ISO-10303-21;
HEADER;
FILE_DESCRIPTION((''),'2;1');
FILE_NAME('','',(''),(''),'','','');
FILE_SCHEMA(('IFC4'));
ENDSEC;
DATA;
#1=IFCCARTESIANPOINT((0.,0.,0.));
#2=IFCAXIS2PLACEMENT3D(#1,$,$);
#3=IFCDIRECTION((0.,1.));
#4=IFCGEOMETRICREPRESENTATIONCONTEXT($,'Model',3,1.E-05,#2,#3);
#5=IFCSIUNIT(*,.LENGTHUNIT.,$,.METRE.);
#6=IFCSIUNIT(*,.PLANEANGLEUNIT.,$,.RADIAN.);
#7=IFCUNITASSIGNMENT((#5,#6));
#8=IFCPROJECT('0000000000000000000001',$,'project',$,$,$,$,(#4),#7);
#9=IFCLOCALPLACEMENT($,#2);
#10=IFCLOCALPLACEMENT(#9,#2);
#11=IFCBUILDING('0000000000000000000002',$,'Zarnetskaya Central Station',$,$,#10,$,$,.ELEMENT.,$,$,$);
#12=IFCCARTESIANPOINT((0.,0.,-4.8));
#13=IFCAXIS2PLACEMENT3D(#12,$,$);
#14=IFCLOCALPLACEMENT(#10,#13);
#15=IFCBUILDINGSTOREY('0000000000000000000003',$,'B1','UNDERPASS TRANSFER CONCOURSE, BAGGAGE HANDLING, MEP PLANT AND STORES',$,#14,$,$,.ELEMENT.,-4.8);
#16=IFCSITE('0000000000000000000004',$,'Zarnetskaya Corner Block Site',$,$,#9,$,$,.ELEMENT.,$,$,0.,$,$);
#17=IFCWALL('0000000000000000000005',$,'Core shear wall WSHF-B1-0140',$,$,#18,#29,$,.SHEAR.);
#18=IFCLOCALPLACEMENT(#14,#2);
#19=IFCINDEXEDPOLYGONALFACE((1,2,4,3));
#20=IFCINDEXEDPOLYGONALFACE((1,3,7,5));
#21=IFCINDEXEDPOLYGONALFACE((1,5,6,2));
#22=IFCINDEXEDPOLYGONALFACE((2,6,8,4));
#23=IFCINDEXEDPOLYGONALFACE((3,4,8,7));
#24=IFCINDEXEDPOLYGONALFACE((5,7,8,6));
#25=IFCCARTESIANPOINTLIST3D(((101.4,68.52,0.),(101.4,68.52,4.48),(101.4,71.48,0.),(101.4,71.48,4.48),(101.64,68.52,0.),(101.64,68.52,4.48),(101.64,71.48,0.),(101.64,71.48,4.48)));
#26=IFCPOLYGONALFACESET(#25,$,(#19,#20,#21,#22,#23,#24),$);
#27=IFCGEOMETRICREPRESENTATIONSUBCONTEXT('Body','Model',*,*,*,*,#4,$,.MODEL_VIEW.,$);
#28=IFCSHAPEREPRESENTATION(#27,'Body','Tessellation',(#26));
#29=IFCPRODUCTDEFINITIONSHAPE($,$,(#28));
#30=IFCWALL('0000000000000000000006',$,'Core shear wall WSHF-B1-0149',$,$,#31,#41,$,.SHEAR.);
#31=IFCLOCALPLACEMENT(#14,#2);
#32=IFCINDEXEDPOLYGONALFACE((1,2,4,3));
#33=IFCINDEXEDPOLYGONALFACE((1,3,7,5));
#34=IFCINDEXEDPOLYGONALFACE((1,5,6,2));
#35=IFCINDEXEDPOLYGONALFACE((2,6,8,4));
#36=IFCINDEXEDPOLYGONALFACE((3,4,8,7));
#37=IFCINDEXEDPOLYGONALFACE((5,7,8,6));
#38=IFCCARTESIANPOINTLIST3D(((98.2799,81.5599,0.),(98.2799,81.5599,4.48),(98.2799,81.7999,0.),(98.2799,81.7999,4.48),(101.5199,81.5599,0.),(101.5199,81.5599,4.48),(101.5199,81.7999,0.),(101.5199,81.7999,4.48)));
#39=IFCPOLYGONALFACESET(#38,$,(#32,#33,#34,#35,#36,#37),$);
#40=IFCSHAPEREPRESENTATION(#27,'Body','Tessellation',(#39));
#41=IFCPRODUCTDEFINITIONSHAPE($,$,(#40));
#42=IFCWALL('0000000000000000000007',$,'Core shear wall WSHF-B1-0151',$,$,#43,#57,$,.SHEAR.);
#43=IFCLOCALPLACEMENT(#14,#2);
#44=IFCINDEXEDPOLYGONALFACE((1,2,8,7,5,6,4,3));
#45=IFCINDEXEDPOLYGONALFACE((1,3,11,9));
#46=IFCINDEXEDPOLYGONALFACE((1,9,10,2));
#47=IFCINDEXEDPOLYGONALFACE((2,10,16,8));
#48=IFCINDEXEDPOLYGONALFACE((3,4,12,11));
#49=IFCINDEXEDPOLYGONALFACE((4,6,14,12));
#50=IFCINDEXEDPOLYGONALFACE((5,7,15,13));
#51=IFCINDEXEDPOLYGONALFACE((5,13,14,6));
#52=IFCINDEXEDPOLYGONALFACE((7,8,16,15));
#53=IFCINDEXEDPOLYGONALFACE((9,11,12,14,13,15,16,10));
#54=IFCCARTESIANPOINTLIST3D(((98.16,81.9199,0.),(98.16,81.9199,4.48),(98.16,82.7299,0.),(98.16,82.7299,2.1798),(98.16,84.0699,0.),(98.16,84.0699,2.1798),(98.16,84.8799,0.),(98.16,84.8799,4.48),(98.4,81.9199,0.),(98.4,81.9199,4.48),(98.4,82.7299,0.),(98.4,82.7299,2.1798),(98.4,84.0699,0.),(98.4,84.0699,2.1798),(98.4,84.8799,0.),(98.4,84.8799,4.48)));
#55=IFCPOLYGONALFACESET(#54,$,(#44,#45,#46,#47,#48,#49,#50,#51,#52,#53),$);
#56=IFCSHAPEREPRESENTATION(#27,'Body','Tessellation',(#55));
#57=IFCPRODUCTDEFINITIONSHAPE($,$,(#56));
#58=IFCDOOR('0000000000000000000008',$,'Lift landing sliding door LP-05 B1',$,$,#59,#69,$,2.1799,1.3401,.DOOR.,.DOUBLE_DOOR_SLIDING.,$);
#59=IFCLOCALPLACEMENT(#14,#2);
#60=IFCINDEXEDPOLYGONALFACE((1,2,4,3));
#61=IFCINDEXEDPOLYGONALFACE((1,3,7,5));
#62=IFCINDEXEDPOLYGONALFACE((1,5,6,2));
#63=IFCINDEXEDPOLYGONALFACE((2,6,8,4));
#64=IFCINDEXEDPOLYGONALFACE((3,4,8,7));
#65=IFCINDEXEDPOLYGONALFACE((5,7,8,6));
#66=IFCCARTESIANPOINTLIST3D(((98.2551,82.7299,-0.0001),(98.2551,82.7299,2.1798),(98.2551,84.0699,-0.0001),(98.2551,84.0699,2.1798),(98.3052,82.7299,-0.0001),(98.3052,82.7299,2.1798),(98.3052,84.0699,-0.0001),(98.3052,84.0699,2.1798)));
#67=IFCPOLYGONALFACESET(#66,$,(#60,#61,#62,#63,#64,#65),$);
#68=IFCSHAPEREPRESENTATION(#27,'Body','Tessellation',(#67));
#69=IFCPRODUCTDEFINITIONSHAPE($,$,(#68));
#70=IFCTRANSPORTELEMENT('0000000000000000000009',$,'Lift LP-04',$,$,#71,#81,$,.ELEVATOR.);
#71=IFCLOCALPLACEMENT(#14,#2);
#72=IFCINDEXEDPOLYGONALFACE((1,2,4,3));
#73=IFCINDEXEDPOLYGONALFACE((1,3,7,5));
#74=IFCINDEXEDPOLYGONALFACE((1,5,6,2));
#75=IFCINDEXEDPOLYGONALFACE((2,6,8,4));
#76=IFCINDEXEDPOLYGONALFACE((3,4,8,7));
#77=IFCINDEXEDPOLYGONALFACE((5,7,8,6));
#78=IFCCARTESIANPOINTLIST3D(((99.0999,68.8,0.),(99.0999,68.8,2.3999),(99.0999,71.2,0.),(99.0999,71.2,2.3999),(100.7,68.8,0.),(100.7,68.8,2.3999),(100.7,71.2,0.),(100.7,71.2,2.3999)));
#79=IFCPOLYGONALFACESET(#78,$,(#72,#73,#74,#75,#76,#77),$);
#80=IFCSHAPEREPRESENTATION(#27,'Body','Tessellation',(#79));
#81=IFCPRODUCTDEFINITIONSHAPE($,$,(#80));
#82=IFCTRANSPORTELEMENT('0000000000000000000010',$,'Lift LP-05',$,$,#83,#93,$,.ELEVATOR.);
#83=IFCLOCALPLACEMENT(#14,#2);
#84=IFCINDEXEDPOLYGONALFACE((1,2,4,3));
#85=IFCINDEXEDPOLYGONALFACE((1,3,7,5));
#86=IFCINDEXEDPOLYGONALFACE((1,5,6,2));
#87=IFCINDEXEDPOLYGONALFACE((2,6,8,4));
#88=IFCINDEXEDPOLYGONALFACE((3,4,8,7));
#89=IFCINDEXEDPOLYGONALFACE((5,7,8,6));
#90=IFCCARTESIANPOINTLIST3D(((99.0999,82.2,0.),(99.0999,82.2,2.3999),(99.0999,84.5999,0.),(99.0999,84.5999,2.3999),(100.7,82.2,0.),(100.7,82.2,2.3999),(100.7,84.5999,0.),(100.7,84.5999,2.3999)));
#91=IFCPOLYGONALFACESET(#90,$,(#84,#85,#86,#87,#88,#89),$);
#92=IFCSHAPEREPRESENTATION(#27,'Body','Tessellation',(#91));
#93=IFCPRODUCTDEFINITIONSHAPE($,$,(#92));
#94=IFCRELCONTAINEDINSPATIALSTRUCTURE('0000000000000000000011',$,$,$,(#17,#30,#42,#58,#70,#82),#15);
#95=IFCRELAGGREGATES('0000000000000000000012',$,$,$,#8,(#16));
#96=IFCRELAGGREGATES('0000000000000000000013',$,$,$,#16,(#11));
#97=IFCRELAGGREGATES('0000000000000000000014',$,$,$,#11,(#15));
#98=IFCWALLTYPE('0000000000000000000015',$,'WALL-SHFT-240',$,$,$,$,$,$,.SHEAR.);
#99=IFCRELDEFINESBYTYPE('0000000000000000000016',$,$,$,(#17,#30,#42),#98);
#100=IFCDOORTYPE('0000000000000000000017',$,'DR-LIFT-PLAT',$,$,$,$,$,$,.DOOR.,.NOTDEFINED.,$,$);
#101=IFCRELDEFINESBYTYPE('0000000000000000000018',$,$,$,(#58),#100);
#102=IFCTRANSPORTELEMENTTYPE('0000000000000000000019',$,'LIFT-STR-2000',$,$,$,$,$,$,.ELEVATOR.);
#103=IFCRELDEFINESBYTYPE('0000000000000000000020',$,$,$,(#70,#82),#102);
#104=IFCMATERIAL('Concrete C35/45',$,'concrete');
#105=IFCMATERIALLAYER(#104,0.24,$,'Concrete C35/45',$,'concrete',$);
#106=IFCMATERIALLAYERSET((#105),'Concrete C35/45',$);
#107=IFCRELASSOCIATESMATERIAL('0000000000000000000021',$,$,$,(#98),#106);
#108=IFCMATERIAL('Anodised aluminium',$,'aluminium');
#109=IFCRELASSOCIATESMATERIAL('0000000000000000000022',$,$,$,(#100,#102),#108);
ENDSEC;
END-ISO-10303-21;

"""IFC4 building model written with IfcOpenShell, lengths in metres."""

from ifc_helpers import new_model, si_unit, direction, frame, frame_2d, origin, origin_2d, place, context, subcontext, project, spatial, rectangle, extrude, material, layer, layer_set, type_object, element, fill, save


model = new_model("IFC4")

# Units and contexts
model_context = context("Model", 3, precision=1e-05, world=origin(), true_north=direction((0.0, 1.0)))
body_context = subcontext(model_context, "Body", "Model", "MODEL_VIEW")
ifc_project = project(units=[si_unit("LENGTHUNIT", "METRE"), si_unit("PLANEANGLEUNIT", "RADIAN")], contexts=[model_context])

# Site, building, storey
site_placement = place(None, origin())
site = spatial("IfcSite", under=ifc_project, at=site_placement, Name="Zarnetskaya Corner Block Site", CompositionType="ELEMENT", RefElevation=0.0)
building_placement = place(site_placement, origin())
building = spatial("IfcBuilding", under=site, at=building_placement, Name="Zarnetskaya Central Station", CompositionType="ELEMENT")
storey_placement = place(building_placement, frame((0.0, 0.0, -4.8)))
storey = spatial("IfcBuildingStorey", under=building, at=storey_placement, Name="B1", Description="UNDERPASS TRANSFER CONCOURSE, BAGGAGE HANDLING, MEP PLANT AND STORES", CompositionType="ELEMENT", Elevation=-4.8)

# Shared definitions
ifc_material_1 = material(Name="Concrete C35/45", Category="concrete")

# Walls
ifc_layer = layer(ifc_material_1, 0.24, Name="Concrete C35/45", Category="concrete")
ifc_layer_set = layer_set([ifc_layer], Name="Concrete C35/45")
wall_type = type_object("IfcWallType", Name="WALL-SHFT-240", PredefinedType="SHEAR", material=ifc_layer_set)
wall_1_placement = place(storey_placement, frame((101.52, 71.48, 0.0), z_axis=(0.0, 0.0, 1.0), x_axis=(0.0, -1.0, 0.0)))
element("IfcWall", 1, at=wall_1_placement, inside=storey, type_object=wall_type, Name="Core shear wall WSHF-B1-0140", PredefinedType="SHEAR", context=body_context, shape_type="SweptSolid", body=[
    extrude(rectangle(XDim=2.96, YDim=0.24, at=frame_2d((1.48, 0.0))), origin(), (0.0, 0.0, 1.0), 4.48),
])
wall_2_placement = place(storey_placement, frame((101.52, 81.6799, 0.0), z_axis=(0.0, 0.0, 1.0), x_axis=(-1.0, 0.0, 0.0)))
element("IfcWall", 2, at=wall_2_placement, inside=storey, type_object=wall_type, Name="Core shear wall WSHF-B1-0149", PredefinedType="SHEAR", context=body_context, shape_type="SweptSolid", body=[
    extrude(rectangle(XDim=3.24, YDim=0.24, at=frame_2d((1.6201, 0.0))), origin(), (0.0, 0.0, 1.0), 4.48),
])

# Wall, opening, door
wall_3_placement = place(storey_placement, frame((98.28, 81.9199, 0.0), z_axis=(0.0, 0.0, 1.0), x_axis=(0.0, 1.0, 0.0)))
wall_3 = element("IfcWall", 3, at=wall_3_placement, inside=storey, type_object=wall_type, Name="Core shear wall WSHF-B1-0151", PredefinedType="SHEAR", context=body_context, shape_type="SweptSolid", body=[
    extrude(rectangle(XDim=2.96, YDim=0.24, at=frame_2d((1.48, 0.0))), origin(), (0.0, 0.0, 1.0), 4.48),
])
opening_placement = place(wall_3_placement, frame((0.8101, 0.0, 0.0)))
opening = element("IfcOpeningElement", 4, at=opening_placement, cuts=wall_3, PredefinedType="OPENING", context=body_context, shape_type="SweptSolid", body=[
    extrude(rectangle(XDim=1.3401, YDim=2.1799, at=frame_2d((0.6699, 1.0898))), frame((0.0, 0.1299, 0.0), z_axis=(0.0, -1.0, 0.0), x_axis=(1.0, 0.0, 0.0)), (0.0, 0.0, 1.0), 0.26),
])
ifc_material_2 = material(Name="Anodised aluminium", Category="aluminium")
door_type = type_object("IfcDoorType", Name="DR-LIFT-PLAT", OperationType="NOTDEFINED", PredefinedType="DOOR", material=ifc_material_2)
door_placement = place(opening_placement, origin())
door = element("IfcDoor", 5, at=door_placement, inside=storey, type_object=door_type, Name="Lift landing sliding door LP-05 B1", OperationType="DOUBLE_DOOR_SLIDING", OverallHeight=2.1799, OverallWidth=1.3401, PredefinedType="DOOR", context=body_context, shape_type="SweptSolid", body=[
    extrude(rectangle(XDim=1.3401, YDim=2.1799, at=frame_2d((0.6699, 1.0898))), frame((0.0, 0.0249, 0.0), z_axis=(0.0, -1.0, 0.0), x_axis=(1.0, 0.0, 0.0)), (0.0, 0.0, 1.0), 0.05),
])
fill(opening, door)

# Transport elements
transport_element_type = type_object("IfcTransportElementType", Name="LIFT-STR-2000", PredefinedType="ELEVATOR", material=ifc_material_2)
for number, where, z_axis, x_axis, name in (
    (6, (99.8999, 70.0, 0.0), (0.0, 0.0, 1.0), (1.0, 0.0, 0.0), "Lift LP-04"),
    (7, (99.8999, 83.3999, 0.0), (0.0, 0.0, 1.0), (1.0, 0.0, 0.0), "Lift LP-05"),
):
    element("IfcTransportElement", number, at=place(storey_placement, frame(where, z_axis=z_axis, x_axis=x_axis)), inside=storey, type_object=transport_element_type, Name=name, PredefinedType="ELEVATOR", context=body_context, shape_type="SweptSolid", body=[
        extrude(rectangle(XDim=1.6001, YDim=2.3999, at=origin_2d()), origin(), (0.0, 0.0, 1.0), 2.3999),
    ])

save(model, "model.ifc")
